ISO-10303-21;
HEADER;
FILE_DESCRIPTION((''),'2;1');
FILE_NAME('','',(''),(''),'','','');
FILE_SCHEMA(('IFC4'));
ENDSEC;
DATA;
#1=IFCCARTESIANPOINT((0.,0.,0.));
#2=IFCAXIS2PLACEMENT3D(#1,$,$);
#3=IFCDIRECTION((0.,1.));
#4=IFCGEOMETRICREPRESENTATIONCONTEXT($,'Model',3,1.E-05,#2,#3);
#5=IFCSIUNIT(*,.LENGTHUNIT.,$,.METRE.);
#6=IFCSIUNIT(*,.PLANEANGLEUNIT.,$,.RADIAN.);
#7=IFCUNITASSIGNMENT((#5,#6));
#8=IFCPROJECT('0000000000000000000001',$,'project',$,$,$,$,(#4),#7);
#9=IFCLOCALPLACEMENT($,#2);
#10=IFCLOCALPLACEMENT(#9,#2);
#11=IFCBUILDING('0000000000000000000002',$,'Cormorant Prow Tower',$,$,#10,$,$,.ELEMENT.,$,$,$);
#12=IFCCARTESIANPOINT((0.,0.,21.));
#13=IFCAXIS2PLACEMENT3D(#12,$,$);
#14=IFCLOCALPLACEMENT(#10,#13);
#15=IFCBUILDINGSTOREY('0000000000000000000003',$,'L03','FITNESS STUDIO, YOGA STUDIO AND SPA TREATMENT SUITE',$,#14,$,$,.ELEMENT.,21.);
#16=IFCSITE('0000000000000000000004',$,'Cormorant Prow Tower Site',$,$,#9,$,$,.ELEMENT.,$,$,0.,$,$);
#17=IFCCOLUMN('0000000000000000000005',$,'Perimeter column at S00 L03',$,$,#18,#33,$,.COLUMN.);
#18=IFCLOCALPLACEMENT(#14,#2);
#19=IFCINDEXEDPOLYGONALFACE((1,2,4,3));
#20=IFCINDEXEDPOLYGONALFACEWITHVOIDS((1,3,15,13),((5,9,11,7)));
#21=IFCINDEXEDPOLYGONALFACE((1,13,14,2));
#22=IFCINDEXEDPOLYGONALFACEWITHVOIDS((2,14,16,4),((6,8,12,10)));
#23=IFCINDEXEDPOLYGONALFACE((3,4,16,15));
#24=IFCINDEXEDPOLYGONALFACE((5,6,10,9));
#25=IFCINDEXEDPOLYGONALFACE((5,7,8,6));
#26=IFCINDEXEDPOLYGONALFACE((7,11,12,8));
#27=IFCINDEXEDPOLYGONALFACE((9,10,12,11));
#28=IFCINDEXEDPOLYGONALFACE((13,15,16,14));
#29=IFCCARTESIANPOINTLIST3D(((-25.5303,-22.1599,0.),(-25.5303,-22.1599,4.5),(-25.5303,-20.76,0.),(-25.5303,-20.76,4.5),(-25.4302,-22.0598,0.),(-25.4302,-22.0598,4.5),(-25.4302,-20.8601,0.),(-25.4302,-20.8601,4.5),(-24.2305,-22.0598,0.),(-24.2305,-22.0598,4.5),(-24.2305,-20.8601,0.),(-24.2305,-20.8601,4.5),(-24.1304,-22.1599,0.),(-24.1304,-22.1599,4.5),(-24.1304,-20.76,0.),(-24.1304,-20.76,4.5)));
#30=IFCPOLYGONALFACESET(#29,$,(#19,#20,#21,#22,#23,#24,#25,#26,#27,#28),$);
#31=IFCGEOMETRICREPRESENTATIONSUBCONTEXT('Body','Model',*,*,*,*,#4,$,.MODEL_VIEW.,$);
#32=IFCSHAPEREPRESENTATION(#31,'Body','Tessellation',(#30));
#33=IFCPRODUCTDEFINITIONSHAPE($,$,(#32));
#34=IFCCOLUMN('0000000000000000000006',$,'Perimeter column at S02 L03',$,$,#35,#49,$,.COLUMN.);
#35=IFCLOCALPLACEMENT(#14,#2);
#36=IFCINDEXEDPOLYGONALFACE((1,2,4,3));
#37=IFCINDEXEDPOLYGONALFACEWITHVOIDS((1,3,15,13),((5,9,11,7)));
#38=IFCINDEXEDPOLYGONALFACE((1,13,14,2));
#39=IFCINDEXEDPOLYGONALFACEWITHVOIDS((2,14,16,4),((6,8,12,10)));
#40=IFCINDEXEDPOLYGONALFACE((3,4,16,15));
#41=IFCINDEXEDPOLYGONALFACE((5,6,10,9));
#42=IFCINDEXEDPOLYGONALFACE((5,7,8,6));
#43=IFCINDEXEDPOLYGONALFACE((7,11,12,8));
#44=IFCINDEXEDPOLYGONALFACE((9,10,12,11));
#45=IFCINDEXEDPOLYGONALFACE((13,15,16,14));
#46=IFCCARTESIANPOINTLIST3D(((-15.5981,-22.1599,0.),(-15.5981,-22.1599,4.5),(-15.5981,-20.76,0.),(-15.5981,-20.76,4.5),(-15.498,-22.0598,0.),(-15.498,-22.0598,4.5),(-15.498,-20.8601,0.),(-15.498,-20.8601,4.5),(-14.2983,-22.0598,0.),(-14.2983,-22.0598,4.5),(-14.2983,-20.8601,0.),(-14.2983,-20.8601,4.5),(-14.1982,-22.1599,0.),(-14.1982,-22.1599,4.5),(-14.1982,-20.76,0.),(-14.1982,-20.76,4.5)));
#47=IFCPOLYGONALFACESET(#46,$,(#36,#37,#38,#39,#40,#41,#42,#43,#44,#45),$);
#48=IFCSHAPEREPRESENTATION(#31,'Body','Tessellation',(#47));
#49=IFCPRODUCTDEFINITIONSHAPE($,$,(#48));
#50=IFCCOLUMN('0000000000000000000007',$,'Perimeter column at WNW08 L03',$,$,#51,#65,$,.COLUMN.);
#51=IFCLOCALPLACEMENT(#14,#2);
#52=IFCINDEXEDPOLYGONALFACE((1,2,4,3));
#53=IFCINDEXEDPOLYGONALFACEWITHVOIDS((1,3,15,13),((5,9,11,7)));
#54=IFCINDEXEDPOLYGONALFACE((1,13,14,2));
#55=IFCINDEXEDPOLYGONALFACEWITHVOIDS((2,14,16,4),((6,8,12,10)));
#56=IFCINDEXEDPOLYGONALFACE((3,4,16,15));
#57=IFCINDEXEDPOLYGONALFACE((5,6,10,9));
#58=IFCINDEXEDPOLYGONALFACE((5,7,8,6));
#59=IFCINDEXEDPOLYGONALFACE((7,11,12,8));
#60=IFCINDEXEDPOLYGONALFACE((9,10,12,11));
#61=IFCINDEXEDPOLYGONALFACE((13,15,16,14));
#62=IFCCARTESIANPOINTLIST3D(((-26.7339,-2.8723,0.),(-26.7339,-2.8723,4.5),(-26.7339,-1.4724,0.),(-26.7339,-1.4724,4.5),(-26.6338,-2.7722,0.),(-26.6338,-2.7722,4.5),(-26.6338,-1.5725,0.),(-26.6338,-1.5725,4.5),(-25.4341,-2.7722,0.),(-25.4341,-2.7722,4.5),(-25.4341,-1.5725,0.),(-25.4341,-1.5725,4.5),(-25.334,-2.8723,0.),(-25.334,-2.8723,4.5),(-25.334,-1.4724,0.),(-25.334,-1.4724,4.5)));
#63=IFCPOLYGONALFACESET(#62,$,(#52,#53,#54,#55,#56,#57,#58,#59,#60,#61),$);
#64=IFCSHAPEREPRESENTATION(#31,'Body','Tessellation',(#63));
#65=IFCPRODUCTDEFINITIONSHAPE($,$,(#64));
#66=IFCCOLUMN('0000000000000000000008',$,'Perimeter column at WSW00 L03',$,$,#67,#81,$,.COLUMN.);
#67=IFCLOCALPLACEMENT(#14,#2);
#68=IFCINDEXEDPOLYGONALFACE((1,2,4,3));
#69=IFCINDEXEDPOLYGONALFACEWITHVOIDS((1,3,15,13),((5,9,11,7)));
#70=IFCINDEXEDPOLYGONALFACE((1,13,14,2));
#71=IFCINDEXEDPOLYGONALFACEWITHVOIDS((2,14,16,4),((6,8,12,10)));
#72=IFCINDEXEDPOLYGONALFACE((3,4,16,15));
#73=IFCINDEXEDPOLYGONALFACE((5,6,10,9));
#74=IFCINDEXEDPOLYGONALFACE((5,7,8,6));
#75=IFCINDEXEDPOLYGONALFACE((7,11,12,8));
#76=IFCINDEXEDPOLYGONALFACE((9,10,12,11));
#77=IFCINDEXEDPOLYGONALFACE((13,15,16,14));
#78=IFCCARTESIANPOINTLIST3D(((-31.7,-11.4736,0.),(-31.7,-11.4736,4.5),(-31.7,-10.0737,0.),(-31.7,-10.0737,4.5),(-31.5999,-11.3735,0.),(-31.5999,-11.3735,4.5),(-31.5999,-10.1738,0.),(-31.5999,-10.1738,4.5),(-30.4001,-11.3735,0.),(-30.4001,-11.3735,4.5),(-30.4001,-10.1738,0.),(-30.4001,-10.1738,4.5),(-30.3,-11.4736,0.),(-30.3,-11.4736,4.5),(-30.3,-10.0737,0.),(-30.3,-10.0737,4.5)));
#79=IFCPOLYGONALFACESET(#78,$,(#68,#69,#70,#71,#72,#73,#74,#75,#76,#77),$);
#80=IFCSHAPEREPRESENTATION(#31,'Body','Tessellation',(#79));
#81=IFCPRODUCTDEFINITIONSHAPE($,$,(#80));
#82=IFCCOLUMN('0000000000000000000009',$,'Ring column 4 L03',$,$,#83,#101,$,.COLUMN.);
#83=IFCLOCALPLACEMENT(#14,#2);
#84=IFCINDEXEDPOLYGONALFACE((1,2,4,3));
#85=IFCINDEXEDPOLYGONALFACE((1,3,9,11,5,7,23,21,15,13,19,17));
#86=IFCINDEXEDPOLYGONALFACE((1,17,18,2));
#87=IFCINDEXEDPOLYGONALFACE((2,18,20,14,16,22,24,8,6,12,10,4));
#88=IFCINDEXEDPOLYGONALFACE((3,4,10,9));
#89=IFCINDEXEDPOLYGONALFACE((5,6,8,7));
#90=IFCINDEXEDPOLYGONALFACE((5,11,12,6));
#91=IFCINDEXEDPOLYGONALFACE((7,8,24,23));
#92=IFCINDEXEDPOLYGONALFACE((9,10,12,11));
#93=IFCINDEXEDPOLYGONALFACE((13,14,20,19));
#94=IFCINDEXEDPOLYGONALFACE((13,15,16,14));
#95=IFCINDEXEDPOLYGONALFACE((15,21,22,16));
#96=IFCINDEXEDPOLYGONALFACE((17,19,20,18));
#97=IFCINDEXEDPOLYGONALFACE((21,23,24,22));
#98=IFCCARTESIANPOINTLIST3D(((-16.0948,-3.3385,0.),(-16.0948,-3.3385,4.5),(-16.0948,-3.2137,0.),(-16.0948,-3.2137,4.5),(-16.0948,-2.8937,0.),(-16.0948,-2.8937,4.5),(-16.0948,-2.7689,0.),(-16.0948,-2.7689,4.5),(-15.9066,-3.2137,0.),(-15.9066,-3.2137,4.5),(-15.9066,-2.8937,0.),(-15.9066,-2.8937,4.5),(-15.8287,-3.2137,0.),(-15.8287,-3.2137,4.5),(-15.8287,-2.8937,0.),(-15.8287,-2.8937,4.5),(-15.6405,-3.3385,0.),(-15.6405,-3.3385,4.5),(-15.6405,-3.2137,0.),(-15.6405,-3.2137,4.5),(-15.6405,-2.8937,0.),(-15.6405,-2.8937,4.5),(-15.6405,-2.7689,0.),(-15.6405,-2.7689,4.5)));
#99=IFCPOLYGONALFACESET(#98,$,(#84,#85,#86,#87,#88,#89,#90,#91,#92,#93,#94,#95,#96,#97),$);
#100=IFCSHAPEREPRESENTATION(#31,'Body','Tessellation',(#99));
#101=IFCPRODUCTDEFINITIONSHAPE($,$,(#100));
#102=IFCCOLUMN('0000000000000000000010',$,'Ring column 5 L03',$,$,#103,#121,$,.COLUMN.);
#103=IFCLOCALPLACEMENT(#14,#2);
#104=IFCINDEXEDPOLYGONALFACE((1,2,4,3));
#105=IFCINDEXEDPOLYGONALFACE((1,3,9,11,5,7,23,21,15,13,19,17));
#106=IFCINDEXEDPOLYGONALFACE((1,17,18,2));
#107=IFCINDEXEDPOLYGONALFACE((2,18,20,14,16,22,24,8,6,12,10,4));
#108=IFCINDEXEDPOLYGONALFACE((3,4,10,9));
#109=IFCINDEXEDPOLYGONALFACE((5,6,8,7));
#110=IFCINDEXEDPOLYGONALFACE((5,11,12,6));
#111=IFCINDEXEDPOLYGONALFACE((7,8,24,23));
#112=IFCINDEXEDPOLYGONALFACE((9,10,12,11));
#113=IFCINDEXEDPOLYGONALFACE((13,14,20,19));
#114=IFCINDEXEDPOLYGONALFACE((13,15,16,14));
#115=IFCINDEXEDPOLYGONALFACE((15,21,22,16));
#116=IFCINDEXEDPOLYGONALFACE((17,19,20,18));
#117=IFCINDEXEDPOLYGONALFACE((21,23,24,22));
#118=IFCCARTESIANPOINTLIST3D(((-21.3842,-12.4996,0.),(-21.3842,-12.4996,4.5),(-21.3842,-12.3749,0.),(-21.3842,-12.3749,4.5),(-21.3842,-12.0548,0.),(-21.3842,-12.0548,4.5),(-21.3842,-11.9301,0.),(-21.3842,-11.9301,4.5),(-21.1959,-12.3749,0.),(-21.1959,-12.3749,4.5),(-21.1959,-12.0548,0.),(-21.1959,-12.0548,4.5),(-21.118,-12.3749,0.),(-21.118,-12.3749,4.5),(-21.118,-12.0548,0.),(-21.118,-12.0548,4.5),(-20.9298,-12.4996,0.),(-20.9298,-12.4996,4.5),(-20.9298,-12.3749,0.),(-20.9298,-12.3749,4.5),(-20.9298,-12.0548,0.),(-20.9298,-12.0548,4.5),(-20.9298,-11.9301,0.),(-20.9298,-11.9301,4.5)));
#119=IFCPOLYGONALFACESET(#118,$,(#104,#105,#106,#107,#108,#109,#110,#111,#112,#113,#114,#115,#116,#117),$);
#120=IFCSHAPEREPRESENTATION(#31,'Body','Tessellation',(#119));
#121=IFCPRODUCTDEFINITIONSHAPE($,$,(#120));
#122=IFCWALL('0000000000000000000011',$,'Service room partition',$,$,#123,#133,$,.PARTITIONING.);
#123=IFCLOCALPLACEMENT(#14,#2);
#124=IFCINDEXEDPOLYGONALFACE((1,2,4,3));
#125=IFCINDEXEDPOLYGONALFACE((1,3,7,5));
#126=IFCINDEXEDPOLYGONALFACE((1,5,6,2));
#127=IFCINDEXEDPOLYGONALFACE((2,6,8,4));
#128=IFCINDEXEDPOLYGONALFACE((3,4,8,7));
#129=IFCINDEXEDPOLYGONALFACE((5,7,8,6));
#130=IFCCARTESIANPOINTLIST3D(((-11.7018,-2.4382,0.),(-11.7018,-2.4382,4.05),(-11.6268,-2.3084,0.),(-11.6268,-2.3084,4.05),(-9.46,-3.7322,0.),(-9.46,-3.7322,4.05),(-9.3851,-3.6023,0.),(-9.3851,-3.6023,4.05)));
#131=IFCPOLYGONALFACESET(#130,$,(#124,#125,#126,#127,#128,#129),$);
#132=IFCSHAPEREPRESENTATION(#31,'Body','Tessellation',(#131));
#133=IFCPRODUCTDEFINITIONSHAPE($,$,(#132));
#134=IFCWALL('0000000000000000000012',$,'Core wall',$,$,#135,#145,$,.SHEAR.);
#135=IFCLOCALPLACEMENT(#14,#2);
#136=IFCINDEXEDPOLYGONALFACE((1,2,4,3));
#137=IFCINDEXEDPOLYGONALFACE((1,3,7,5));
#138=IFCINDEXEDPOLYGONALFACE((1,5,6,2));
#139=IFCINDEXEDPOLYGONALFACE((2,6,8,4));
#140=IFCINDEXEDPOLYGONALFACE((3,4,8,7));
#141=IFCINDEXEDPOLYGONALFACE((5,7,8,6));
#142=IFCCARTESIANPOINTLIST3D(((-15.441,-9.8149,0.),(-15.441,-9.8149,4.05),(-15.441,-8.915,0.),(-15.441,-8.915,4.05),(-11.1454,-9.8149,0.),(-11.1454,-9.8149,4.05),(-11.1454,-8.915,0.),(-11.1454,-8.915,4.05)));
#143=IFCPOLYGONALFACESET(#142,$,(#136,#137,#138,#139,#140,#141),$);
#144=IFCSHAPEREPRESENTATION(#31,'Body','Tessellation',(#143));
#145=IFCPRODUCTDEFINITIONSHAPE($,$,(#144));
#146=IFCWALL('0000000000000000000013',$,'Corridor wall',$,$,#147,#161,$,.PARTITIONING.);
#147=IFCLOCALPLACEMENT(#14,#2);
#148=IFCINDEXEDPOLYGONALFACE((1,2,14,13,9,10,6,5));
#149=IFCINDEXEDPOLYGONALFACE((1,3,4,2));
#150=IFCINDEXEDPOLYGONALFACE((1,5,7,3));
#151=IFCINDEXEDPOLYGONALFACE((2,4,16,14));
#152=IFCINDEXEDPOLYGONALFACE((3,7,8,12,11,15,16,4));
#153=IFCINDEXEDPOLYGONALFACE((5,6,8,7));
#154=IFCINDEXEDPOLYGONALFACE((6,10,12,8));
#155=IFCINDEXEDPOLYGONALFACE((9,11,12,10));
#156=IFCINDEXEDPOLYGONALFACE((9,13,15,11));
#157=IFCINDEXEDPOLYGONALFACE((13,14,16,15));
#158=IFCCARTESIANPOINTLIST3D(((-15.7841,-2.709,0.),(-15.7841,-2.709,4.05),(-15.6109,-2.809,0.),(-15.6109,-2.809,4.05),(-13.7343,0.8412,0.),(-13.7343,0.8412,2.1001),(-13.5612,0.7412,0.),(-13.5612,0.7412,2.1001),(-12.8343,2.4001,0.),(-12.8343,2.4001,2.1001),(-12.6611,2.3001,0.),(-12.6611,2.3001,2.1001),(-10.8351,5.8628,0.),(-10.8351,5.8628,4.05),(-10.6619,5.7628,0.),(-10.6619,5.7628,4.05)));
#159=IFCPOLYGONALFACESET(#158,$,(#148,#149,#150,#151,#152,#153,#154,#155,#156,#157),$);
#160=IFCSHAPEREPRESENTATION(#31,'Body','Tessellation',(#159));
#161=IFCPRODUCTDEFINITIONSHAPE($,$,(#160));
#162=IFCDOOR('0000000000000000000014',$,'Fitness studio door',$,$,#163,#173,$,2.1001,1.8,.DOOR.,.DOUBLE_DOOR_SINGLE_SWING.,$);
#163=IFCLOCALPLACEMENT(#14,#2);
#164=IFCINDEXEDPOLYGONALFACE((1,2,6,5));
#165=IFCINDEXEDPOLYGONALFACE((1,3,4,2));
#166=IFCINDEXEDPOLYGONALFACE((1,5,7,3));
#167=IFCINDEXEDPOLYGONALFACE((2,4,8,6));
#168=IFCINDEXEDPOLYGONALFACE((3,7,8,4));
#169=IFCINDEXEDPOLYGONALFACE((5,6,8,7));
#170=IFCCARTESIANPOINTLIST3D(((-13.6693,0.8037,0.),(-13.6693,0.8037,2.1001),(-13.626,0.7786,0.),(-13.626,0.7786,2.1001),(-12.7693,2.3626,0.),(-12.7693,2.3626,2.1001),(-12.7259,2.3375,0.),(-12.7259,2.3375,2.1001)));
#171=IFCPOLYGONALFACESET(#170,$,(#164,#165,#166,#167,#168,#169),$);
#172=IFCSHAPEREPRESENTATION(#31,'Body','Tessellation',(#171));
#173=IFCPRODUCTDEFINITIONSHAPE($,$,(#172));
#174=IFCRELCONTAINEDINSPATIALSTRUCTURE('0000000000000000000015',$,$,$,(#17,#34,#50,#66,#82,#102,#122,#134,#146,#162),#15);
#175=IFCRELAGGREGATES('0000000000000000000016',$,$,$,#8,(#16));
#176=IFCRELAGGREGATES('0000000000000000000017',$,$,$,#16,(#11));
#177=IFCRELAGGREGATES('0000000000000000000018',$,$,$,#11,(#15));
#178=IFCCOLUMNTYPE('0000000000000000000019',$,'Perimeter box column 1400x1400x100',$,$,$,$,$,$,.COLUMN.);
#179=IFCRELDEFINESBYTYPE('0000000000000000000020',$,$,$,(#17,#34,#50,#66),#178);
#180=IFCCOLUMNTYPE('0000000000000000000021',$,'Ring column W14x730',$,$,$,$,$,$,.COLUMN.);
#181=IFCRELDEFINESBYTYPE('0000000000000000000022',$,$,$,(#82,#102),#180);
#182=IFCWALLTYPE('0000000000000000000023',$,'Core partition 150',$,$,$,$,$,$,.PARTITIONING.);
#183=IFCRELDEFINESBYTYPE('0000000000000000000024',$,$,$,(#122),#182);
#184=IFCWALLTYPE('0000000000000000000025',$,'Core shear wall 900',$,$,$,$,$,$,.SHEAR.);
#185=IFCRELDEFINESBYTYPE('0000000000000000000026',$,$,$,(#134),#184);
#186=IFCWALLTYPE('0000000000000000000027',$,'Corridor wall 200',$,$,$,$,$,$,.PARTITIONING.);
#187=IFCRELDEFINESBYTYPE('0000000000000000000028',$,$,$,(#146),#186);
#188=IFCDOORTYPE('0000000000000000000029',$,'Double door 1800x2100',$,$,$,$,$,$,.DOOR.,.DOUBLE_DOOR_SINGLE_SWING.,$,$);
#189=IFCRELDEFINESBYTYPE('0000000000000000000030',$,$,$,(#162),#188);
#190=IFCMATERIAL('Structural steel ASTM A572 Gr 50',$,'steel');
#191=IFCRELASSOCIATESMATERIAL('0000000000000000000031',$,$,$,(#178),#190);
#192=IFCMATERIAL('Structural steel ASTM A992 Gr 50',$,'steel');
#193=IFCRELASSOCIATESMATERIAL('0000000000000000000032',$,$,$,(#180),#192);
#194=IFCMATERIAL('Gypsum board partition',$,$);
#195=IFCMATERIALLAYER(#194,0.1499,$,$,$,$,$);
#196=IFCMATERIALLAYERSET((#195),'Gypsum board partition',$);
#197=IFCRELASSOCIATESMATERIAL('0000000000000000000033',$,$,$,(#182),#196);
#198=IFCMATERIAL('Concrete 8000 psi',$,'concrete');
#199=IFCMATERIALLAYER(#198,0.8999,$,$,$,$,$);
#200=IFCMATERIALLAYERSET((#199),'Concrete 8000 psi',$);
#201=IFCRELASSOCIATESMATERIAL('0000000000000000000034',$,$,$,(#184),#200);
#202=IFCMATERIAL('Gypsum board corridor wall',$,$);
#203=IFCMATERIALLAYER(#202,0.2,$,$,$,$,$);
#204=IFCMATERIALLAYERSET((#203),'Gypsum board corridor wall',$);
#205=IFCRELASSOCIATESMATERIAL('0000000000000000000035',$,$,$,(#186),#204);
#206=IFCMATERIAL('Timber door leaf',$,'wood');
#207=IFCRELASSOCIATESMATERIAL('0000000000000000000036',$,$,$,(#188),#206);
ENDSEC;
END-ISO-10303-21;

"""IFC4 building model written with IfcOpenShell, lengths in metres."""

from ifc_helpers import new_model, si_unit, direction, frame, frame_2d, origin, origin_2d, place, context, subcontext, project, spatial, rectangle, hollow_rectangle, i_section, extrude, material, layer, layer_set, material_profile, profile_set, type_object, element, fill, save


model = new_model("IFC4")

# Units and contexts
model_context = context("Model", 3, precision=1e-05, world=origin(), true_north=direction((0.0, 1.0)))
body_context = subcontext(model_context, "Body", "Model", "MODEL_VIEW")
ifc_project = project(units=[si_unit("LENGTHUNIT", "METRE"), si_unit("PLANEANGLEUNIT", "RADIAN")], contexts=[model_context])

# Site, building, storey
site_placement = place(None, origin())
site = spatial("IfcSite", under=ifc_project, at=site_placement, Name="Cormorant Prow Tower Site", CompositionType="ELEMENT", RefElevation=0.0)
building_placement = place(site_placement, origin())
building = spatial("IfcBuilding", under=site, at=building_placement, Name="Cormorant Prow Tower", CompositionType="ELEMENT")
storey_placement = place(building_placement, frame((0.0, 0.0, 21.0)))
storey = spatial("IfcBuildingStorey", under=building, at=storey_placement, Name="L03", Description="FITNESS STUDIO, YOGA STUDIO AND SPA TREATMENT SUITE", CompositionType="ELEMENT", Elevation=21.0)

# Columns
ifc_material_1 = material(Name="Structural steel ASTM A572 Gr 50", Category="steel")
ifc_material_profile_1 = material_profile(ifc_material_1, hollow_rectangle(XDim=1.3999, YDim=1.3999, WallThickness=0.1001, at=origin_2d()), Name="Box 1400x1400x100")
ifc_profile_set_1 = profile_set([ifc_material_profile_1], Name="Structural steel ASTM A572 Gr 50")
column_type_1 = type_object("IfcColumnType", Name="Perimeter box column 1400x1400x100", PredefinedType="COLUMN", material=ifc_profile_set_1)
for number, where, z_axis, x_axis, name in (
    (1, (-24.8303, -21.46, 0.0), (0.0, 0.0, 1.0), (1.0, 0.0, 0.0), "Perimeter column at S00 L03"),
    (2, (-14.8982, -21.46, 0.0), (0.0, 0.0, 1.0), (1.0, 0.0, 0.0), "Perimeter column at S02 L03"),
    (3, (-26.0339, -2.1724, 0.0), (0.0, 0.0, 1.0), (1.0, 0.0, 0.0), "Perimeter column at WNW08 L03"),
    (4, (-31.0, -10.7737, 0.0), (0.0, 0.0, 1.0), (1.0, 0.0, 0.0), "Perimeter column at WSW00 L03"),
):
    element("IfcColumn", number, at=place(storey_placement, frame(where, z_axis=z_axis, x_axis=x_axis)), inside=storey, type_object=column_type_1, Name=name, PredefinedType="COLUMN", context=body_context, shape_type="SweptSolid", body=[
        extrude(hollow_rectangle(XDim=1.3999, YDim=1.3999, WallThickness=0.1001, at=origin_2d()), origin(), (0.0, 0.0, 1.0), 4.5),
    ])
ifc_material_2 = material(Name="Structural steel ASTM A992 Gr 50", Category="steel")
ifc_material_profile_2 = material_profile(ifc_material_2, i_section(OverallWidth=0.4543, OverallDepth=0.5696, WebThickness=0.0779, FlangeThickness=0.1248, at=origin_2d()), Name="W14x730")
ifc_profile_set_2 = profile_set([ifc_material_profile_2], Name="Structural steel ASTM A992 Gr 50")
column_type_2 = type_object("IfcColumnType", Name="Ring column W14x730", PredefinedType="COLUMN", material=ifc_profile_set_2)
for number, where, z_axis, x_axis, name in (
    (5, (-15.8677, -3.0537, 0.0), (0.0, 0.0, 1.0), (1.0, 0.0, 0.0), "Ring column 4 L03"),
    (6, (-21.157, -12.2148, 0.0), (0.0, 0.0, 1.0), (1.0, 0.0, 0.0), "Ring column 5 L03"),
):
    element("IfcColumn", number, at=place(storey_placement, frame(where, z_axis=z_axis, x_axis=x_axis)), inside=storey, type_object=column_type_2, Name=name, PredefinedType="COLUMN", context=body_context, shape_type="SweptSolid", body=[
        extrude(i_section(OverallWidth=0.4543, OverallDepth=0.5696, WebThickness=0.0779, FlangeThickness=0.1248, at=origin_2d()), origin(), (0.0, 0.0, 1.0), 4.5),
    ])

# Walls
ifc_material_3 = material(Name="Gypsum board partition")
ifc_layer_1 = layer(ifc_material_3, 0.1499)
ifc_layer_set_1 = layer_set([ifc_layer_1], Name="Gypsum board partition")
wall_type_1 = type_object("IfcWallType", Name="Core partition 150", PredefinedType="PARTITIONING", material=ifc_layer_set_1)
wall_1_placement = place(storey_placement, frame((-11.6643, -2.3733, 0.0), z_axis=(0.0, 0.0, 1.0), x_axis=(0.866076, -0.499913, 0.0)))
element("IfcWall", 7, at=wall_1_placement, inside=storey, type_object=wall_type_1, Name="Service room partition", PredefinedType="PARTITIONING", context=body_context, shape_type="SweptSolid", body=[
    extrude(rectangle(XDim=2.5884, YDim=0.1499, at=frame_2d((1.2942, 0.0))), origin(), (0.0, 0.0, 1.0), 4.05),
])
ifc_material_4 = material(Name="Concrete 8000 psi", Category="concrete")
ifc_layer_2 = layer(ifc_material_4, 0.8999)
ifc_layer_set_2 = layer_set([ifc_layer_2], Name="Concrete 8000 psi")
wall_type_2 = type_object("IfcWallType", Name="Core shear wall 900", PredefinedType="SHEAR", material=ifc_layer_set_2)
wall_2_placement = place(storey_placement, frame((-15.4412, -9.365, 0.0), z_axis=(0.0, 0.0, 1.0), x_axis=(1.0, 0.0, 0.0)))
element("IfcWall", 8, at=wall_2_placement, inside=storey, type_object=wall_type_2, Name="Core wall", PredefinedType="SHEAR", context=body_context, shape_type="SweptSolid", body=[
    extrude(rectangle(XDim=4.2957, YDim=0.8999, at=frame_2d((2.1479, 0.0))), origin(), (0.0, 0.0, 1.0), 4.05),
])

# Wall, opening, door
ifc_material_5 = material(Name="Gypsum board corridor wall")
ifc_layer_3 = layer(ifc_material_5, 0.2)
ifc_layer_set_3 = layer_set([ifc_layer_3], Name="Gypsum board corridor wall")
wall_type_3 = type_object("IfcWallType", Name="Corridor wall 200", PredefinedType="PARTITIONING", material=ifc_layer_set_3)
wall_3_placement = place(storey_placement, frame((-15.6975, -2.759, 0.0), z_axis=(0.0, 0.0, 1.0), x_axis=(0.500004, 0.866023, 0.0)))
wall_3 = element("IfcWall", 9, at=wall_3_placement, inside=storey, type_object=wall_type_3, Name="Corridor wall", PredefinedType="PARTITIONING", context=body_context, shape_type="SweptSolid", body=[
    extrude(rectangle(XDim=9.8979, YDim=0.2, at=frame_2d((4.949, 0.0))), origin(), (0.0, 0.0, 1.0), 4.05),
])
opening_1_placement = place(wall_3_placement, frame((4.0996, 0.0, 0.0)))
opening_1 = element("IfcOpeningElement", 10, at=opening_1_placement, cuts=wall_3, PredefinedType="OPENING", context=body_context, shape_type="SweptSolid", body=[
    extrude(rectangle(XDim=1.8, YDim=2.1001, at=frame_2d((0.8999, 1.05))), frame((0.0, 0.1099, 0.0), z_axis=(0.0, -1.0, 0.0), x_axis=(1.0, 0.0, 0.0)), (0.0, 0.0, 1.0), 0.22),
])
ifc_material_6 = material(Name="Timber door leaf", Category="wood")
door_type_1 = type_object("IfcDoorType", Name="Double door 1800x2100", OperationType="DOUBLE_DOOR_SINGLE_SWING", PredefinedType="DOOR", material=ifc_material_6)
door_1_placement = place(opening_1_placement, origin())
door_1 = element("IfcDoor", 11, at=door_1_placement, inside=storey, type_object=door_type_1, Name="Fitness studio door", OperationType="DOUBLE_DOOR_SINGLE_SWING", OverallHeight=2.1001, OverallWidth=1.8, PredefinedType="DOOR", context=body_context, shape_type="SweptSolid", body=[
    extrude(rectangle(XDim=1.8, YDim=2.1001, at=frame_2d((0.8999, 1.05))), frame((0.0, 0.0249, 0.0), z_axis=(0.0, -1.0, 0.0), x_axis=(1.0, 0.0, 0.0)), (0.0, 0.0, 1.0), 0.05),
])
fill(opening_1, door_1)

save(model, "model.ifc")
